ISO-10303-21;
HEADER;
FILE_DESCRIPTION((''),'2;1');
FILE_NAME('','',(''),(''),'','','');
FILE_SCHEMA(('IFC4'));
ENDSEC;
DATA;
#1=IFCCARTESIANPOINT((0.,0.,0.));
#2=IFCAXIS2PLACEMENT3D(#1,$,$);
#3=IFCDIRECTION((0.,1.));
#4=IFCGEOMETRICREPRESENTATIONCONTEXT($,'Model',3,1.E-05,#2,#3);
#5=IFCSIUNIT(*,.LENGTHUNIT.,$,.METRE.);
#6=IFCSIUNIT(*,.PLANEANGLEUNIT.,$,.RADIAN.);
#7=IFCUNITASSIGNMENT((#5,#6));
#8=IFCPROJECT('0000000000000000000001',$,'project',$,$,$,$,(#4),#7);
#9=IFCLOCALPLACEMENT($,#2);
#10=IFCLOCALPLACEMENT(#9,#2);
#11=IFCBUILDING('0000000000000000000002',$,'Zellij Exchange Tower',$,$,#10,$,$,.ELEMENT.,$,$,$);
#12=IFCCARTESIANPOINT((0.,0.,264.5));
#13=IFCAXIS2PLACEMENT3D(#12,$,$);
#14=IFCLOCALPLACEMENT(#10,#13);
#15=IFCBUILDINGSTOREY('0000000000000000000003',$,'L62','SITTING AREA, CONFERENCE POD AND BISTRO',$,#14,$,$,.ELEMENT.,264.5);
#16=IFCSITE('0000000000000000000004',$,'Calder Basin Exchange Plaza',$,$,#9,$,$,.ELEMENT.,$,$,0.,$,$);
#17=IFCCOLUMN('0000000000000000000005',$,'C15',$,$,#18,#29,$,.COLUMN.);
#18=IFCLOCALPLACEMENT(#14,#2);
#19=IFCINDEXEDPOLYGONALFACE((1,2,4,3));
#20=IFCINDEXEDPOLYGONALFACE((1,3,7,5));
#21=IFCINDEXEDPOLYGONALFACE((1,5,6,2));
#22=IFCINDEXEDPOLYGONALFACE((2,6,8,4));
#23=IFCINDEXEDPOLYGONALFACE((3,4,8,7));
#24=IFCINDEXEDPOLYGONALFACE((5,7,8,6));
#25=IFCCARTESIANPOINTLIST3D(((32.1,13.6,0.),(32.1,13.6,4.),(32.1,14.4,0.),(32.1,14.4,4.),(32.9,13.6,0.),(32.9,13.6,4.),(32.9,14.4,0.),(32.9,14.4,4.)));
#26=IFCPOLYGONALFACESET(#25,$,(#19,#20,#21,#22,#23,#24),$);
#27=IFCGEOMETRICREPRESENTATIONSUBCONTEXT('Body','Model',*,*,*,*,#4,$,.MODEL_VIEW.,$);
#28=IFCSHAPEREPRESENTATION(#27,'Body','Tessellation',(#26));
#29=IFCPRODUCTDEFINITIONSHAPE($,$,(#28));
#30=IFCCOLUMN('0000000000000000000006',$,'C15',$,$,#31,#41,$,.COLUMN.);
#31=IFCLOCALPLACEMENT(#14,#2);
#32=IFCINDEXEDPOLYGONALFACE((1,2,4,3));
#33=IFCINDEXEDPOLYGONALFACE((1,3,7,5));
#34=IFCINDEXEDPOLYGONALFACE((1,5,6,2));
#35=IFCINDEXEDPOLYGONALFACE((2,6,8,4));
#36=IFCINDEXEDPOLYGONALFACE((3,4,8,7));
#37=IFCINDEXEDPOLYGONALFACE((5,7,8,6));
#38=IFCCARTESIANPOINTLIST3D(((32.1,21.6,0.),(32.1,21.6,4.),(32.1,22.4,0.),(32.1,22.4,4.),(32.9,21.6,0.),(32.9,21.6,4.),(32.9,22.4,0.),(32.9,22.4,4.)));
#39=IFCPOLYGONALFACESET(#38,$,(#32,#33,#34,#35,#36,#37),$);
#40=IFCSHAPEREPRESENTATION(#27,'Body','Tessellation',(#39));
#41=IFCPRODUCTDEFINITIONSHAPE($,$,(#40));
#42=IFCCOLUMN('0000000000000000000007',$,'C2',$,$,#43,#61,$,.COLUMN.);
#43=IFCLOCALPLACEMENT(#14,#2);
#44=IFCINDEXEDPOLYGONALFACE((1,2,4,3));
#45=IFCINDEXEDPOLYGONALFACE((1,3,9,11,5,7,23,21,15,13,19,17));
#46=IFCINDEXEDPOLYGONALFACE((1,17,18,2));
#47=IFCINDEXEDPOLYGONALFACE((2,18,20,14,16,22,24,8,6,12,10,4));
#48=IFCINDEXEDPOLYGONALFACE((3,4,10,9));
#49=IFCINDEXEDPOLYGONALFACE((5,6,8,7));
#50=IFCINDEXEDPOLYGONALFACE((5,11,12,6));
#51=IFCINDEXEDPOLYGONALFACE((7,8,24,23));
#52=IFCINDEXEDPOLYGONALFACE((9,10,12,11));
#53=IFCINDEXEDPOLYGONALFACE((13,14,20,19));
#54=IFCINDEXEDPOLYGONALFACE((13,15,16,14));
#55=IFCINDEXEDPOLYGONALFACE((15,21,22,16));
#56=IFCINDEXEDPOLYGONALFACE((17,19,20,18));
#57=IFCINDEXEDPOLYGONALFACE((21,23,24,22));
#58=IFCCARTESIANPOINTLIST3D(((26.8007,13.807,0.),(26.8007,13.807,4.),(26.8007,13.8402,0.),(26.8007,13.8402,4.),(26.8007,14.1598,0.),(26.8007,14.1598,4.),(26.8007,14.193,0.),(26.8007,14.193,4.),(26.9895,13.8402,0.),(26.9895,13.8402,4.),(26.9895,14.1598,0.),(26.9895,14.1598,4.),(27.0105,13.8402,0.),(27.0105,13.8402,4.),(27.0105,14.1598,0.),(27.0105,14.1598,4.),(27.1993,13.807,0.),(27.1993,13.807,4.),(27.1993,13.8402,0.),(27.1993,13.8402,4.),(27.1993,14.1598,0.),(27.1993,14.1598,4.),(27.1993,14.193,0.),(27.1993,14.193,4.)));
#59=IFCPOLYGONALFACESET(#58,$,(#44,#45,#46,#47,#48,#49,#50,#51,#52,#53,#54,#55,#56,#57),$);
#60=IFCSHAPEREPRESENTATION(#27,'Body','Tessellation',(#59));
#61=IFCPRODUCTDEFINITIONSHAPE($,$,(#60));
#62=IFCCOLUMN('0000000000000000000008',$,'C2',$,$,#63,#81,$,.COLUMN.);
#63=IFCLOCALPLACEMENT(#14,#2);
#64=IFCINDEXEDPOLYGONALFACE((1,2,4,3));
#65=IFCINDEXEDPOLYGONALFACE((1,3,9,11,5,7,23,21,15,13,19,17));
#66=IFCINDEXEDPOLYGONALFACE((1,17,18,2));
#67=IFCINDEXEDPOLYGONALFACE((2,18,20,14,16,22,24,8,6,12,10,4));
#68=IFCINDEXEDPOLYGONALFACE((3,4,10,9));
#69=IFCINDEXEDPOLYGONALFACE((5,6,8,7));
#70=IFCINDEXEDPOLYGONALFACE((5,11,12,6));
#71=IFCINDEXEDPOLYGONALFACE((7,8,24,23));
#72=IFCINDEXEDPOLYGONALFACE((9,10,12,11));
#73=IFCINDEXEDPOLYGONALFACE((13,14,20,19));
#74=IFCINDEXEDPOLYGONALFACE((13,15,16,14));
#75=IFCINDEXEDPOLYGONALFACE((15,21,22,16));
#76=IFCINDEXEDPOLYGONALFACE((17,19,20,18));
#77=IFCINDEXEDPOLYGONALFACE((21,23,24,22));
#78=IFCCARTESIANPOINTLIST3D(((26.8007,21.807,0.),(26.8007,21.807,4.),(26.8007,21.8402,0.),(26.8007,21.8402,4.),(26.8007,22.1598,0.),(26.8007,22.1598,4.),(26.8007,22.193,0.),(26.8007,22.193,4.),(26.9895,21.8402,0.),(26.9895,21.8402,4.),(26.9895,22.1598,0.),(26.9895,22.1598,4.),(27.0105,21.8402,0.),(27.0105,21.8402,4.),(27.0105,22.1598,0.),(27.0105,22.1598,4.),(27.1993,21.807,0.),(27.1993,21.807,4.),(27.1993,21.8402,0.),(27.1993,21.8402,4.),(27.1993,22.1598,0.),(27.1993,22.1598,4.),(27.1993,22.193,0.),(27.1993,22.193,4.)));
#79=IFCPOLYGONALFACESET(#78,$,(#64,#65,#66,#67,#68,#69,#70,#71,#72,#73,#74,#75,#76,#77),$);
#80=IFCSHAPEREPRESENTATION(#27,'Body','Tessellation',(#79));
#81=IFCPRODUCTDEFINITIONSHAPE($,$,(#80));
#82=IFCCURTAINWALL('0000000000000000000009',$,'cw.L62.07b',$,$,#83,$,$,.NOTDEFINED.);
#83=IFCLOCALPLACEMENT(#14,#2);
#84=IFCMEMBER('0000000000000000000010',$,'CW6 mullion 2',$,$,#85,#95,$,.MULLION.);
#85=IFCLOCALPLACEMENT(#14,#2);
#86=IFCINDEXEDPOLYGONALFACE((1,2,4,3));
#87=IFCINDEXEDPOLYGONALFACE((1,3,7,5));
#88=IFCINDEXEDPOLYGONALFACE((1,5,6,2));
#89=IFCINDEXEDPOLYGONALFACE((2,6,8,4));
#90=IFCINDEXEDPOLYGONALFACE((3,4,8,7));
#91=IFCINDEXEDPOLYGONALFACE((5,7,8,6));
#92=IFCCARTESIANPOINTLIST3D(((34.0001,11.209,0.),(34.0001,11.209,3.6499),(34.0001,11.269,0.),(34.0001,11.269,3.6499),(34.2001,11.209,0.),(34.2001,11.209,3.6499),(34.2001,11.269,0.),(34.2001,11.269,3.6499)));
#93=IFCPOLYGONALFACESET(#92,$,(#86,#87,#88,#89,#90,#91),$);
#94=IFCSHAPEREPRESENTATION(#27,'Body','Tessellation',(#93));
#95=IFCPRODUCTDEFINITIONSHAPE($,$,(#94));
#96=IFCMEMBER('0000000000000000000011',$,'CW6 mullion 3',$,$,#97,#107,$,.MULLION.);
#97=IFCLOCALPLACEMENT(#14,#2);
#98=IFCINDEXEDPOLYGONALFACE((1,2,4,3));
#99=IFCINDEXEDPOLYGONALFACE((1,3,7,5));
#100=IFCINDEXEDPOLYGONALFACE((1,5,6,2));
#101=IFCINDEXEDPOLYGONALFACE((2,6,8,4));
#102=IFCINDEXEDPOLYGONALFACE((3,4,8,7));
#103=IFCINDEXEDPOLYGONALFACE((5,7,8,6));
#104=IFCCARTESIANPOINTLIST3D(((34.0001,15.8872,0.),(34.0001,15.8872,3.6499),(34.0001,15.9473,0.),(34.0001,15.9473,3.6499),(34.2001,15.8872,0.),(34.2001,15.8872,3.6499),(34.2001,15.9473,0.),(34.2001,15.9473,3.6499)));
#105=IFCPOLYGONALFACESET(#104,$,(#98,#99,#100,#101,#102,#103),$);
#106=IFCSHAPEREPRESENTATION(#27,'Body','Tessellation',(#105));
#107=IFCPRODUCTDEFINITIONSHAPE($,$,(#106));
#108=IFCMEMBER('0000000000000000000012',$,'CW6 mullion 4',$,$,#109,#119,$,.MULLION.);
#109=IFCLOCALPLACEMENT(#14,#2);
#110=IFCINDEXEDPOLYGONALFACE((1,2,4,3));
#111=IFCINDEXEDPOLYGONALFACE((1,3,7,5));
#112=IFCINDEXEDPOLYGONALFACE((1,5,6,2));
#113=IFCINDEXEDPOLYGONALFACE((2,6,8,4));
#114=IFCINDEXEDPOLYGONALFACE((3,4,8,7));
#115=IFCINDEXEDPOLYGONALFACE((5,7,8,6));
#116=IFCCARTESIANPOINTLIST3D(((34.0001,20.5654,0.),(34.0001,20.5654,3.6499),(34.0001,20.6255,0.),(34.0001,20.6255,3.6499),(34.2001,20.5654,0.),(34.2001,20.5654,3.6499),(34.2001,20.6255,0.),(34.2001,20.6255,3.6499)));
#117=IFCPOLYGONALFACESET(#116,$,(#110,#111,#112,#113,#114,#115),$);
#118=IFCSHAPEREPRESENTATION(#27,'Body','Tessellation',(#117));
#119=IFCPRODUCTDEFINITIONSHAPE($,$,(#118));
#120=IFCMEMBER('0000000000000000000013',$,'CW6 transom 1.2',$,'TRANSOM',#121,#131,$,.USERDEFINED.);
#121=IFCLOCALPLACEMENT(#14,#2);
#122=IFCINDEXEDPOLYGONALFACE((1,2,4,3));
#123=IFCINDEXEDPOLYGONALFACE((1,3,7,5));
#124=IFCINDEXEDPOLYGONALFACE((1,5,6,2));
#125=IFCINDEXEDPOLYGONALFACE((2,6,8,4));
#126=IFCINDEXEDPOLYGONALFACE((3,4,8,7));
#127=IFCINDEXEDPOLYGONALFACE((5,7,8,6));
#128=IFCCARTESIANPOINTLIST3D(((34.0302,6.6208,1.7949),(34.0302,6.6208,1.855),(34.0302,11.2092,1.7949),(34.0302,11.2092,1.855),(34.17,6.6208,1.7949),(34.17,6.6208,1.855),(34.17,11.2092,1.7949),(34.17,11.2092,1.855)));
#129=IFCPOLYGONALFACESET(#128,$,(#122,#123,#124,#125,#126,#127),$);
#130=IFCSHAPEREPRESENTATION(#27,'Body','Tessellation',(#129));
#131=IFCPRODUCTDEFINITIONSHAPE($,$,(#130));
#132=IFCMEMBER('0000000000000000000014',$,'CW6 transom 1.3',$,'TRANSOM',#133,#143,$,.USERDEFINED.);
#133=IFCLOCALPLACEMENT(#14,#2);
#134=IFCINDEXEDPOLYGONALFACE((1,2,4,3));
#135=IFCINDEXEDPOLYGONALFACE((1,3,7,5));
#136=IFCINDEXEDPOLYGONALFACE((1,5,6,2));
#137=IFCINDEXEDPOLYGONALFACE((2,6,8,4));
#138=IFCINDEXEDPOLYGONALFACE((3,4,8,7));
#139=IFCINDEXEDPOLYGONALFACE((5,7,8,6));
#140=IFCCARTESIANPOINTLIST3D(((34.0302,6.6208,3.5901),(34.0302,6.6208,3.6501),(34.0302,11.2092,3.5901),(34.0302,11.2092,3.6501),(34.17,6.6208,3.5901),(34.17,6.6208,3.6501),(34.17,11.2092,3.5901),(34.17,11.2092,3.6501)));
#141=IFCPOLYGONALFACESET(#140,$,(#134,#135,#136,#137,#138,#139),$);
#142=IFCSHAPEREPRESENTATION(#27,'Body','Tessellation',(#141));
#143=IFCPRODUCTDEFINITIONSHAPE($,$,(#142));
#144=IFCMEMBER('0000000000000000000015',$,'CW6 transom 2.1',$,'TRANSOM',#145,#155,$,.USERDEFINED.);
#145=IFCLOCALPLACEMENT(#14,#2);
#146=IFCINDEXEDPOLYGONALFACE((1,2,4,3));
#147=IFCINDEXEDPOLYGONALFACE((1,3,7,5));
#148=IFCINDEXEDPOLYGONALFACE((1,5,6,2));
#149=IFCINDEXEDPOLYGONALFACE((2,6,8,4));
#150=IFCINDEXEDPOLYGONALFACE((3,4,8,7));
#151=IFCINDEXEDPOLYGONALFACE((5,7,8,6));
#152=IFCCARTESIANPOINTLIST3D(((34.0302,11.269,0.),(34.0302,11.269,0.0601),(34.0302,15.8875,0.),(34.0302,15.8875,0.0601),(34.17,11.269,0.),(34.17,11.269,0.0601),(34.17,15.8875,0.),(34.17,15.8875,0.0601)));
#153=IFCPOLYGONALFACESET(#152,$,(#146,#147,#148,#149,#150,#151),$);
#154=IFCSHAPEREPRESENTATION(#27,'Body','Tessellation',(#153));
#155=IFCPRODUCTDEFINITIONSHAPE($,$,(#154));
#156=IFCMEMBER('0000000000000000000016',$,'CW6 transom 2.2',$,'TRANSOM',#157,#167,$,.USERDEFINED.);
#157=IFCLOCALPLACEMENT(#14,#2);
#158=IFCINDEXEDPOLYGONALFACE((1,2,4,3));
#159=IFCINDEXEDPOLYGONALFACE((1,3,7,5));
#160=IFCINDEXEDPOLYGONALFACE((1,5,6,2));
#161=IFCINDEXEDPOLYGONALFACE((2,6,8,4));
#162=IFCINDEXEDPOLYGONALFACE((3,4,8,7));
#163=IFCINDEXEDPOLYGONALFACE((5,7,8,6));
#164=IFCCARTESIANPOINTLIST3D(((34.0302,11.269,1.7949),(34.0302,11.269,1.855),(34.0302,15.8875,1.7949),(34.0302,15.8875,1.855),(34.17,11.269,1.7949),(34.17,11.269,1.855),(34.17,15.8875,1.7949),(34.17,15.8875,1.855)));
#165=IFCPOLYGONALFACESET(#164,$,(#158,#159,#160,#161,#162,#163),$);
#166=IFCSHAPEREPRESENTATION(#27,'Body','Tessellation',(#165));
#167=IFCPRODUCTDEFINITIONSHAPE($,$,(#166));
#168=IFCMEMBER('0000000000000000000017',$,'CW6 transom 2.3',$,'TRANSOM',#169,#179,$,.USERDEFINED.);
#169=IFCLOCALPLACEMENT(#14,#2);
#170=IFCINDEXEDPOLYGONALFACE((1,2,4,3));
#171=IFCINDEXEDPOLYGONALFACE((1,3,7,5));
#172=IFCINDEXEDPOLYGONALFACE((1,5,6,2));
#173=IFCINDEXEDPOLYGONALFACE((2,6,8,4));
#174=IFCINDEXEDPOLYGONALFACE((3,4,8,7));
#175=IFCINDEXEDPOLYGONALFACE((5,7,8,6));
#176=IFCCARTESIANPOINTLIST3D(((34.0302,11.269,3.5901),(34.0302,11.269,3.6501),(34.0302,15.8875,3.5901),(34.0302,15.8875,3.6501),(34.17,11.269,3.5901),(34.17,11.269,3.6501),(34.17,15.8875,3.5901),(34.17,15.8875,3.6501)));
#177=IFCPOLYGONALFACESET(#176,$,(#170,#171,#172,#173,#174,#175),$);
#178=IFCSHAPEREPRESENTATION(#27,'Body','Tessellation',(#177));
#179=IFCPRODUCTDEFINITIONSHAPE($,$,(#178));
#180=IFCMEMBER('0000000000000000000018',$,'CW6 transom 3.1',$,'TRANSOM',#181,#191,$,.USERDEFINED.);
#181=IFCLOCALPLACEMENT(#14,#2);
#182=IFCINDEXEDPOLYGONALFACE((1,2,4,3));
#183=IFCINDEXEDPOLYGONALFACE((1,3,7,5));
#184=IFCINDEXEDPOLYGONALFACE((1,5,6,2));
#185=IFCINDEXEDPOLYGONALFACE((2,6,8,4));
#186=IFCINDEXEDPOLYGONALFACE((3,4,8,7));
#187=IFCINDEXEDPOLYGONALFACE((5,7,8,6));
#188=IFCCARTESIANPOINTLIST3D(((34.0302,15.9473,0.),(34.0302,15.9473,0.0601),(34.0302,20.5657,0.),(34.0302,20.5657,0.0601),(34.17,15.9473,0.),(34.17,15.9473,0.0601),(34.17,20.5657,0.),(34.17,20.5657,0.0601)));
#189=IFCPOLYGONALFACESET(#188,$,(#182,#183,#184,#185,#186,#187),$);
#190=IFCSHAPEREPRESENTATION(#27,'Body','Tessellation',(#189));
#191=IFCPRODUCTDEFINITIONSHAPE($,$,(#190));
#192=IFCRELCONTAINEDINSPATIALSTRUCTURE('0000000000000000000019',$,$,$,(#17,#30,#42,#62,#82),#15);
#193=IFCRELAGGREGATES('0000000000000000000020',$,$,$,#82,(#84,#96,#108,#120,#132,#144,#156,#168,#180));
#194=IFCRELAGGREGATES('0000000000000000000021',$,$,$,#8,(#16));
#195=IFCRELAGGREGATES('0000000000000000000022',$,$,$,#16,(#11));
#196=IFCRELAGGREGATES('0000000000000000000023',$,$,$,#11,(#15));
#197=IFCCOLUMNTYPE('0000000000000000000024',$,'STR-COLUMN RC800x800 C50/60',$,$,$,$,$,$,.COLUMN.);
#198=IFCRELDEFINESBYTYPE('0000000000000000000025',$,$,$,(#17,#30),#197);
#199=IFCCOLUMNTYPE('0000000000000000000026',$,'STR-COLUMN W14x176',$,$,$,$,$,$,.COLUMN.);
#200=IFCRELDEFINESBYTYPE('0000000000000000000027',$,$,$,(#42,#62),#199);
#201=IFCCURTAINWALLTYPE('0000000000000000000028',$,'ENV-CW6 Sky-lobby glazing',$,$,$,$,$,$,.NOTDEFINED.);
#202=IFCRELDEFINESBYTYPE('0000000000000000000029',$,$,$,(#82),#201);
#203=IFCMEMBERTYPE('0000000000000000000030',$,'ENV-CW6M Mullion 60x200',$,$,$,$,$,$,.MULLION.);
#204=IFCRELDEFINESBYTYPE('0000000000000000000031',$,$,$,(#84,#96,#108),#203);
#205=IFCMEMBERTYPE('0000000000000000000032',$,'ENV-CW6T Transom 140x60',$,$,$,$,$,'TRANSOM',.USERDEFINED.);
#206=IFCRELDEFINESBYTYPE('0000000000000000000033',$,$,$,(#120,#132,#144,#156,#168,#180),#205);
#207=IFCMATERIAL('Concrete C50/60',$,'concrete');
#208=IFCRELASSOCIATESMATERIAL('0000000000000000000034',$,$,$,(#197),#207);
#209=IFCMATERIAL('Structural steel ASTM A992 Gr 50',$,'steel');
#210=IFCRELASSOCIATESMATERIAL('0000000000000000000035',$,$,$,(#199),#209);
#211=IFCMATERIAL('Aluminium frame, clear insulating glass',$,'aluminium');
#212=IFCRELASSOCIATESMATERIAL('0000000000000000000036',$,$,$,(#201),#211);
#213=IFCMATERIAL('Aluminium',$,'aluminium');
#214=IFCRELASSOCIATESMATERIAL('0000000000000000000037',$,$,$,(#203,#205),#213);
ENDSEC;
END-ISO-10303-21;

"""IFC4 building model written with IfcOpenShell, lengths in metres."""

from ifc_helpers import new_model, si_unit, direction, frame, origin, origin_2d, place, context, subcontext, project, spatial, rectangle, i_section, extrude, material, material_profile, profile_set, type_object, element, aggregate, save


model = new_model("IFC4")

# Units and contexts
model_context = context("Model", 3, precision=1e-05, world=origin(), true_north=direction((0.0, 1.0)))
body_context = subcontext(model_context, "Body", "Model", "MODEL_VIEW")
ifc_project = project(units=[si_unit("LENGTHUNIT", "METRE"), si_unit("PLANEANGLEUNIT", "RADIAN")], contexts=[model_context])

# Site, building, storey
site_placement = place(None, origin())
site = spatial("IfcSite", under=ifc_project, at=site_placement, Name="Calder Basin Exchange Plaza", CompositionType="ELEMENT", RefElevation=0.0)
building_placement = place(site_placement, origin())
building = spatial("IfcBuilding", under=site, at=building_placement, Name="Zellij Exchange Tower", CompositionType="ELEMENT")
storey_placement = place(building_placement, frame((0.0, 0.0, 264.5)))
storey = spatial("IfcBuildingStorey", under=building, at=storey_placement, Name="L62", Description="SITTING AREA, CONFERENCE POD AND BISTRO", CompositionType="ELEMENT", Elevation=264.5)

# Columns
ifc_material_1 = material(Name="Concrete C50/60", Category="concrete")
ifc_material_profile_1 = material_profile(ifc_material_1, rectangle(XDim=0.8, YDim=0.8, at=origin_2d()), Name="STR-COLUMN RC800x800 C50/60")
ifc_profile_set_1 = profile_set([ifc_material_profile_1], Name="Concrete C50/60")
column_type_1 = type_object("IfcColumnType", Name="STR-COLUMN RC800x800 C50/60", PredefinedType="COLUMN", material=ifc_profile_set_1)
for number, where, z_axis, x_axis, name in (
    (1, (32.5, 14.0, 0.0), (0.0, 0.0, 1.0), (1.0, 0.0, 0.0), "C15"),
    (2, (32.5, 22.0, 0.0), (0.0, 0.0, 1.0), (1.0, 0.0, 0.0), "C15"),
):
    element("IfcColumn", number, at=place(storey_placement, frame(where, z_axis=z_axis, x_axis=x_axis)), inside=storey, type_object=column_type_1, Name=name, PredefinedType="COLUMN", context=body_context, shape_type="SweptSolid", body=[
        extrude(rectangle(XDim=0.8, YDim=0.8, at=origin_2d()), origin(), (0.0, 0.0, 1.0), 4.0),
    ])
ifc_material_2 = material(Name="Structural steel ASTM A992 Gr 50", Category="steel")
ifc_material_profile_2 = material_profile(ifc_material_2, i_section(OverallWidth=0.3987, OverallDepth=0.386, WebThickness=0.021, FlangeThickness=0.0332, at=origin_2d()), Name="W14x176")
ifc_profile_set_2 = profile_set([ifc_material_profile_2], Name="Structural steel ASTM A992 Gr 50")
column_type_2 = type_object("IfcColumnType", Name="STR-COLUMN W14x176", PredefinedType="COLUMN", material=ifc_profile_set_2)
for number, where, z_axis, x_axis, name in (
    (3, (27.0, 14.0, 0.0), (0.0, 0.0, 1.0), (1.0, 0.0, 0.0), "C2"),
    (4, (27.0, 22.0, 0.0), (0.0, 0.0, 1.0), (1.0, 0.0, 0.0), "C2"),
):
    element("IfcColumn", number, at=place(storey_placement, frame(where, z_axis=z_axis, x_axis=x_axis)), inside=storey, type_object=column_type_2, Name=name, PredefinedType="COLUMN", context=body_context, shape_type="SweptSolid", body=[
        extrude(i_section(OverallWidth=0.3987, OverallDepth=0.386, WebThickness=0.021, FlangeThickness=0.0332, at=origin_2d()), origin(), (0.0, 0.0, 1.0), 4.0),
    ])

# Curtain wall, members
ifc_material_3 = material(Name="Aluminium frame, clear insulating glass", Category="aluminium")
curtain_wall_type = type_object("IfcCurtainWallType", Name="ENV-CW6 Sky-lobby glazing", PredefinedType="NOTDEFINED", material=ifc_material_3)
curtain_wall_placement = place(storey_placement, origin())
curtain_wall = element("IfcCurtainWall", 5, at=curtain_wall_placement, inside=storey, type_object=curtain_wall_type, Name="cw.L62.07b", PredefinedType="NOTDEFINED")
ifc_material_4 = material(Name="Aluminium", Category="aluminium")
ifc_material_profile_3 = material_profile(ifc_material_4, rectangle(XDim=0.0601, YDim=0.2, at=origin_2d()), Name="AL 60x200")
ifc_profile_set_3 = profile_set([ifc_material_profile_3], Name="Aluminium")
member_type_1 = type_object("IfcMemberType", Name="ENV-CW6M Mullion 60x200", PredefinedType="MULLION", material=ifc_profile_set_3)
member_1_placement = place(storey_placement, frame((34.1001, 11.239, 0.0), z_axis=(0.0, 0.0, 1.0), x_axis=(0.0, 1.0, 0.0)))
member_1 = element("IfcMember", 6, at=member_1_placement, type_object=member_type_1, Name="CW6 mullion 2", PredefinedType="MULLION", context=body_context, shape_type="SweptSolid", body=[
    extrude(rectangle(XDim=0.0601, YDim=0.2, at=origin_2d()), origin(), (0.0, 0.0, 1.0), 3.6499),
])
member_2_placement = place(storey_placement, frame((34.1001, 15.9172, 0.0), z_axis=(0.0, 0.0, 1.0), x_axis=(0.0, 1.0, 0.0)))
member_2 = element("IfcMember", 7, at=member_2_placement, type_object=member_type_1, Name="CW6 mullion 3", PredefinedType="MULLION", context=body_context, shape_type="SweptSolid", body=[
    extrude(rectangle(XDim=0.0601, YDim=0.2, at=origin_2d()), origin(), (0.0, 0.0, 1.0), 3.6499),
])
member_3_placement = place(storey_placement, frame((34.1001, 20.5955, 0.0), z_axis=(0.0, 0.0, 1.0), x_axis=(0.0, 1.0, 0.0)))
member_3 = element("IfcMember", 8, at=member_3_placement, type_object=member_type_1, Name="CW6 mullion 4", PredefinedType="MULLION", context=body_context, shape_type="SweptSolid", body=[
    extrude(rectangle(XDim=0.0601, YDim=0.2, at=origin_2d()), origin(), (0.0, 0.0, 1.0), 3.6499),
])
ifc_material_profile_4 = material_profile(ifc_material_4, rectangle(XDim=0.1399, YDim=0.0601, at=origin_2d()), Name="AL 140x60")
ifc_profile_set_4 = profile_set([ifc_material_profile_4], Name="Aluminium")
member_type_2 = type_object("IfcMemberType", Name="ENV-CW6T Transom 140x60", ElementType="TRANSOM", PredefinedType="USERDEFINED", material=ifc_profile_set_4)
member_4_placement = place(storey_placement, frame((34.1001, 6.6208, 1.825), z_axis=(0.0, 1.0, 0.0), x_axis=(-1.0, 0.0, 0.0)))
member_4 = element("IfcMember", 9, at=member_4_placement, type_object=member_type_2, Name="CW6 transom 1.2", ObjectType="TRANSOM", PredefinedType="USERDEFINED", context=body_context, shape_type="SweptSolid", body=[
    extrude(rectangle(XDim=0.1399, YDim=0.0601, at=origin_2d()), origin(), (0.0, 0.0, 1.0), 4.5884),
])
member_5_placement = place(storey_placement, frame((34.1001, 6.6208, 3.6201), z_axis=(0.0, 1.0, 0.0), x_axis=(-1.0, 0.0, 0.0)))
member_5 = element("IfcMember", 10, at=member_5_placement, type_object=member_type_2, Name="CW6 transom 1.3", ObjectType="TRANSOM", PredefinedType="USERDEFINED", context=body_context, shape_type="SweptSolid", body=[
    extrude(rectangle(XDim=0.1399, YDim=0.0601, at=origin_2d()), origin(), (0.0, 0.0, 1.0), 4.5884),
])
member_6_placement = place(storey_placement, frame((34.1001, 11.269, 0.03), z_axis=(0.0, 1.0, 0.0), x_axis=(-1.0, 0.0, 0.0)))
member_6 = element("IfcMember", 11, at=member_6_placement, type_object=member_type_2, Name="CW6 transom 2.1", ObjectType="TRANSOM", PredefinedType="USERDEFINED", context=body_context, shape_type="SweptSolid", body=[
    extrude(rectangle(XDim=0.1399, YDim=0.0601, at=origin_2d()), origin(), (0.0, 0.0, 1.0), 4.6184),
])
member_7_placement = place(storey_placement, frame((34.1001, 11.269, 1.825), z_axis=(0.0, 1.0, 0.0), x_axis=(-1.0, 0.0, 0.0)))
member_7 = element("IfcMember", 12, at=member_7_placement, type_object=member_type_2, Name="CW6 transom 2.2", ObjectType="TRANSOM", PredefinedType="USERDEFINED", context=body_context, shape_type="SweptSolid", body=[
    extrude(rectangle(XDim=0.1399, YDim=0.0601, at=origin_2d()), origin(), (0.0, 0.0, 1.0), 4.6184),
])
member_8_placement = place(storey_placement, frame((34.1001, 11.269, 3.6201), z_axis=(0.0, 1.0, 0.0), x_axis=(-1.0, 0.0, 0.0)))
member_8 = element("IfcMember", 13, at=member_8_placement, type_object=member_type_2, Name="CW6 transom 2.3", ObjectType="TRANSOM", PredefinedType="USERDEFINED", context=body_context, shape_type="SweptSolid", body=[
    extrude(rectangle(XDim=0.1399, YDim=0.0601, at=origin_2d()), origin(), (0.0, 0.0, 1.0), 4.6184),
])
member_9_placement = place(storey_placement, frame((34.1001, 15.9473, 0.03), z_axis=(0.0, 1.0, 0.0), x_axis=(-1.0, 0.0, 0.0)))
member_9 = element("IfcMember", 14, at=member_9_placement, type_object=member_type_2, Name="CW6 transom 3.1", ObjectType="TRANSOM", PredefinedType="USERDEFINED", context=body_context, shape_type="SweptSolid", body=[
    extrude(rectangle(XDim=0.1399, YDim=0.0601, at=origin_2d()), origin(), (0.0, 0.0, 1.0), 4.6184),
])

aggregate(curtain_wall, [member_1, member_2, member_3, member_4, member_5, member_6, member_7, member_8, member_9])

save(model, "model.ifc")
